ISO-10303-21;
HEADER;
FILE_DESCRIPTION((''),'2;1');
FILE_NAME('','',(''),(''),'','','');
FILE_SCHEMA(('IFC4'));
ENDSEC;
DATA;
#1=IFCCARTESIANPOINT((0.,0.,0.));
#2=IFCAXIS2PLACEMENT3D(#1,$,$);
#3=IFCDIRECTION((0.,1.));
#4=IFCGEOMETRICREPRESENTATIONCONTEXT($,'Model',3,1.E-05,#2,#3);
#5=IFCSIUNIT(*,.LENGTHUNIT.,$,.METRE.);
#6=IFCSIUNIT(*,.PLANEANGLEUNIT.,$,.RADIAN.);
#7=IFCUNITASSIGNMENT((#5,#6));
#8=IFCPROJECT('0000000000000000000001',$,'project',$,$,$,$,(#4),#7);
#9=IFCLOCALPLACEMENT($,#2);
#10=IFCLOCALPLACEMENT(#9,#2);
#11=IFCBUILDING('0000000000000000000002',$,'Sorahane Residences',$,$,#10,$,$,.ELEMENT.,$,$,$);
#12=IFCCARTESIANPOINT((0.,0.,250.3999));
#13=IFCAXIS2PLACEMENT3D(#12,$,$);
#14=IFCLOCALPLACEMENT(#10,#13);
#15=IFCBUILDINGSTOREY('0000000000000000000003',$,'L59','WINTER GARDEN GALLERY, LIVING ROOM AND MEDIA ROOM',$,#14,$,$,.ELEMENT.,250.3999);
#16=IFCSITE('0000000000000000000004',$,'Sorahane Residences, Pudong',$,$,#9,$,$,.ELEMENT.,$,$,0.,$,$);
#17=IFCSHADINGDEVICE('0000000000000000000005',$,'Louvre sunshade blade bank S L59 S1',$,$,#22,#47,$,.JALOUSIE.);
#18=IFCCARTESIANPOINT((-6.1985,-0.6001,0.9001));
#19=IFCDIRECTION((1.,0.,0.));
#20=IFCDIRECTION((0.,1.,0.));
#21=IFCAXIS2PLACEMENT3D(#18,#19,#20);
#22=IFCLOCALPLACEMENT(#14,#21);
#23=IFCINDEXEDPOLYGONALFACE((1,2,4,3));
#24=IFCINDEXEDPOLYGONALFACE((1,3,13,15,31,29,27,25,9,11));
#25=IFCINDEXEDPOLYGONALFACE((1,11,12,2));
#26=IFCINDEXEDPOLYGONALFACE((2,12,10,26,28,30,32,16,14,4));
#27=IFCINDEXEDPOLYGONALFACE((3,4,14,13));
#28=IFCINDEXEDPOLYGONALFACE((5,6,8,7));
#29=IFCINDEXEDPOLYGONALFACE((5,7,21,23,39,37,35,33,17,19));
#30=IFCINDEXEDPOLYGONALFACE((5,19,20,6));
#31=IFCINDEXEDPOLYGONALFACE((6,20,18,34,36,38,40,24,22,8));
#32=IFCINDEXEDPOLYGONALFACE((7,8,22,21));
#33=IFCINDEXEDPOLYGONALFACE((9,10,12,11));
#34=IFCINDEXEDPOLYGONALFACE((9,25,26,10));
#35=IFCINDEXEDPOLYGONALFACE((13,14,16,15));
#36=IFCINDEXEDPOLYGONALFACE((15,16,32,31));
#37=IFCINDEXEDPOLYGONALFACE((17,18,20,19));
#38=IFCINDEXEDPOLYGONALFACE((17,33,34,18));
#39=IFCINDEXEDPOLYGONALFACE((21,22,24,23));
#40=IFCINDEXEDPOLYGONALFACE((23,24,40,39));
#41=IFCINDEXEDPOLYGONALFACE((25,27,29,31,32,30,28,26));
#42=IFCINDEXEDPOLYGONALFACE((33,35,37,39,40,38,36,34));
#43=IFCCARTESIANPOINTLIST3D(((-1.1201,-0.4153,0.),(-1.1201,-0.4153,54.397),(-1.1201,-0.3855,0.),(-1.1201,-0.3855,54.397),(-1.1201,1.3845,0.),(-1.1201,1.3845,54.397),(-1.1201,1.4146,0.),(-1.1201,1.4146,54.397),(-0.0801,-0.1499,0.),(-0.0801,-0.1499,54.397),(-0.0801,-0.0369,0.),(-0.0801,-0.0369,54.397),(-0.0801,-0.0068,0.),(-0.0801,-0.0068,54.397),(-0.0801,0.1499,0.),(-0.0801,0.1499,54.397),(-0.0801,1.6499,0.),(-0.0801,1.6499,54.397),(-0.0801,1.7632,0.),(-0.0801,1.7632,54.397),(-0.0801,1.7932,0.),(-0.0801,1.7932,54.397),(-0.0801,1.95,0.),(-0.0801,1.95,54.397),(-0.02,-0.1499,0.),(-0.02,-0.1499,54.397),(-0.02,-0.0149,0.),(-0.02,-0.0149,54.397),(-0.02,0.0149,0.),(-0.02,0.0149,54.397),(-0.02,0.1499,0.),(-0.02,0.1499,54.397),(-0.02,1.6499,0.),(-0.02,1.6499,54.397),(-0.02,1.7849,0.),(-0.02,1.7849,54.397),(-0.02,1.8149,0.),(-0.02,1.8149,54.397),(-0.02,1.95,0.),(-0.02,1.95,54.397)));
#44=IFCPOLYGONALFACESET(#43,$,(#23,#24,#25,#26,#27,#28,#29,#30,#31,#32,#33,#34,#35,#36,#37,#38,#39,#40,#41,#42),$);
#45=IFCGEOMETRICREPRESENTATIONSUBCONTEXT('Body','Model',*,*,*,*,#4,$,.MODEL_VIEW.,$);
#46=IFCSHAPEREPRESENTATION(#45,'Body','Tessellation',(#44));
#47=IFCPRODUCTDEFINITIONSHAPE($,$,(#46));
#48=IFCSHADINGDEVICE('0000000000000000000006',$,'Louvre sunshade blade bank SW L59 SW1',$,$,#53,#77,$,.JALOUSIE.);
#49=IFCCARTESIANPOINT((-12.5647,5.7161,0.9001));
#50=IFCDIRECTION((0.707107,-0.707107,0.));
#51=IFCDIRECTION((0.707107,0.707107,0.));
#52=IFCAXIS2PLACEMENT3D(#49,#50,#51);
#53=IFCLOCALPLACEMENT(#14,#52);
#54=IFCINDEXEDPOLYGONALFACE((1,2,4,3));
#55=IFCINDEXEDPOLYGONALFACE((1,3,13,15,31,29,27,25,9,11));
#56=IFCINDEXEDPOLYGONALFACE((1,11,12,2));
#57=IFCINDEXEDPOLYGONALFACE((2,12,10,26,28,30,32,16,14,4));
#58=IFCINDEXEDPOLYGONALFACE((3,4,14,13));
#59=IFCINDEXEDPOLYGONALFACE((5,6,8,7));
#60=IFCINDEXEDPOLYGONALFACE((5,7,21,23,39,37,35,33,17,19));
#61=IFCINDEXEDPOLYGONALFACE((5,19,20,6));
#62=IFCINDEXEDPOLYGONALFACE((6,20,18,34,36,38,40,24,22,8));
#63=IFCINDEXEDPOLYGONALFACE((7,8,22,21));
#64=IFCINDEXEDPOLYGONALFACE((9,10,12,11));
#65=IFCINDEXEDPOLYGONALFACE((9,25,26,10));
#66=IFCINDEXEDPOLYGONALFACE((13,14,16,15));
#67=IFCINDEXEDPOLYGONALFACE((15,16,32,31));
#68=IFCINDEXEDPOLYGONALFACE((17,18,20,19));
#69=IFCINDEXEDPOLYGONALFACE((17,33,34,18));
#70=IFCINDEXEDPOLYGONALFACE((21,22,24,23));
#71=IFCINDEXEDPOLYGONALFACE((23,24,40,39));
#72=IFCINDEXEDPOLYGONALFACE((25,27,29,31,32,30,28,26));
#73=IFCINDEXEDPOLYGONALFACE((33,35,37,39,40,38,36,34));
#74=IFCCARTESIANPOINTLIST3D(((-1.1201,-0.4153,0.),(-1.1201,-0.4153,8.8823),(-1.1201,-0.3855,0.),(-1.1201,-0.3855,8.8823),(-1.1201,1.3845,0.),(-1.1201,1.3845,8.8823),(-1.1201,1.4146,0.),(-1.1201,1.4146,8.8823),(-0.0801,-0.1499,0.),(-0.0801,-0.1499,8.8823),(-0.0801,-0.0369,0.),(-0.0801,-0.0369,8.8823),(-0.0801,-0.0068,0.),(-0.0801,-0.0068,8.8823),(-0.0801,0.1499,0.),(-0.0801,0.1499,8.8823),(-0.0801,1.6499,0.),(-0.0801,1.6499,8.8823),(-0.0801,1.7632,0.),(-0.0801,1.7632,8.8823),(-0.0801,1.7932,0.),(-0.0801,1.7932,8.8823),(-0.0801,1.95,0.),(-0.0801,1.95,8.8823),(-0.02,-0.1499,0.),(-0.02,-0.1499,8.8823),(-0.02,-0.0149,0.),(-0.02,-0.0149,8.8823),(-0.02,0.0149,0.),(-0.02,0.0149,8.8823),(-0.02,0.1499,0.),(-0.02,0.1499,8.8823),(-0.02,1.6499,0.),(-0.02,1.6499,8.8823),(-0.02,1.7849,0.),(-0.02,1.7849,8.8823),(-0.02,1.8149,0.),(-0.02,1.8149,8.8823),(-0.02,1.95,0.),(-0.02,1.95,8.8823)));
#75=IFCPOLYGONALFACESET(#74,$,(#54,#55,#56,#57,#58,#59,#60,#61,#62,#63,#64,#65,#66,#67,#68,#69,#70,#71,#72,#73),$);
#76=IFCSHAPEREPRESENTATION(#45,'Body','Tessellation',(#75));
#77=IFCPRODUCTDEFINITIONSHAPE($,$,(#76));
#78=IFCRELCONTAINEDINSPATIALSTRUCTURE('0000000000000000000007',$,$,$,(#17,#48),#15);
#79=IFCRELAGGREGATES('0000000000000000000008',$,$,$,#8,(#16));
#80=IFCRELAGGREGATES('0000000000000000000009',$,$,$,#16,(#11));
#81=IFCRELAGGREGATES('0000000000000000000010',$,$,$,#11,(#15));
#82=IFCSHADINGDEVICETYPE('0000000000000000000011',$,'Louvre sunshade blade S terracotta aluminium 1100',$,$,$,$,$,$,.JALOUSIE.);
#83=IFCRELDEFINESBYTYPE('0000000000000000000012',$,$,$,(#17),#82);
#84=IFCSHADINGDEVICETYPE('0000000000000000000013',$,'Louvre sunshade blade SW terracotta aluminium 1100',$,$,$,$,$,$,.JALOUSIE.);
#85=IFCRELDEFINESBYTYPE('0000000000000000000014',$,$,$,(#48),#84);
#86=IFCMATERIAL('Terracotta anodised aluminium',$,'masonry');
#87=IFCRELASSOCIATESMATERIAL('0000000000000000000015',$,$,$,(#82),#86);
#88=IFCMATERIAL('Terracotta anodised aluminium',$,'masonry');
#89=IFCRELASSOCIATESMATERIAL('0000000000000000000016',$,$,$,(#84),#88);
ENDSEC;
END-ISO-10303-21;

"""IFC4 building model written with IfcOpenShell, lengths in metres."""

from ifc_helpers import new_model, si_unit, direction, frame, origin, place, context, subcontext, project, spatial, polyline, outline, composite_profile, extrude, material, type_object, element, save


model = new_model("IFC4")

# Units and contexts
model_context = context("Model", 3, precision=1e-05, world=origin(), true_north=direction((0.0, 1.0)))
body_context = subcontext(model_context, "Body", "Model", "MODEL_VIEW")
ifc_project = project(units=[si_unit("LENGTHUNIT", "METRE"), si_unit("PLANEANGLEUNIT", "RADIAN")], contexts=[model_context])

# Site, building, storey
site_placement = place(None, origin())
site = spatial("IfcSite", under=ifc_project, at=site_placement, Name="Sorahane Residences, Pudong", CompositionType="ELEMENT", RefElevation=0.0)
building_placement = place(site_placement, origin())
building = spatial("IfcBuilding", under=site, at=building_placement, Name="Sorahane Residences", CompositionType="ELEMENT")
storey_placement = place(building_placement, frame((0.0, 0.0, 250.3999)))
storey = spatial("IfcBuildingStorey", under=building, at=storey_placement, Name="L59", Description="WINTER GARDEN GALLERY, LIVING ROOM AND MEDIA ROOM", CompositionType="ELEMENT", Elevation=250.3999)

# Shading devices
ifc_material_1 = material(Name="Terracotta anodised aluminium", Category="masonry")
shading_device_type_1 = type_object("IfcShadingDeviceType", Name="Louvre sunshade blade S terracotta aluminium 1100", PredefinedType="JALOUSIE", material=ifc_material_1)
shading_device_1_placement = place(storey_placement, frame((-6.1985, -0.6001, 0.9001), z_axis=(1.0, 0.0, 0.0), x_axis=(0.0, 1.0, 0.0)))
element("IfcShadingDevice", 1, at=shading_device_1_placement, inside=storey, type_object=shading_device_type_1, Name="Louvre sunshade blade bank S L59 S1", PredefinedType="JALOUSIE", context=body_context, shape_type="SweptSolid", body=[
    extrude(composite_profile([outline(polyline([(-1.1201, -0.3855), (-1.1201, -0.4153), (-0.0801, -0.0369), (-0.0801, -0.1499), (-0.02, -0.1499), (-0.02, -0.0149), (-0.02, 0.0149), (-0.02, 0.1499), (-0.0801, 0.1499), (-0.0801, -0.0068), (-1.1201, -0.3855)])), outline(polyline([(-1.1201, 1.4146), (-1.1201, 1.3845), (-0.0801, 1.7632), (-0.0801, 1.6499), (-0.02, 1.6499), (-0.02, 1.7849), (-0.02, 1.8149), (-0.02, 1.95), (-0.0801, 1.95), (-0.0801, 1.7932), (-1.1201, 1.4146)]))]), origin(), (0.0, 0.0, 1.0), 54.397),
])
ifc_material_2 = material(Name="Terracotta anodised aluminium", Category="masonry")
shading_device_type_2 = type_object("IfcShadingDeviceType", Name="Louvre sunshade blade SW terracotta aluminium 1100", PredefinedType="JALOUSIE", material=ifc_material_2)
shading_device_2_placement = place(storey_placement, frame((-12.5647, 5.7161, 0.9001), z_axis=(0.707107, -0.707107, 0.0), x_axis=(0.707107, 0.707107, 0.0)))
element("IfcShadingDevice", 2, at=shading_device_2_placement, inside=storey, type_object=shading_device_type_2, Name="Louvre sunshade blade bank SW L59 SW1", PredefinedType="JALOUSIE", context=body_context, shape_type="SweptSolid", body=[
    extrude(composite_profile([outline(polyline([(-1.1201, -0.3855), (-1.1201, -0.4153), (-0.0801, -0.0369), (-0.0801, -0.1499), (-0.02, -0.1499), (-0.02, -0.0149), (-0.02, 0.0149), (-0.02, 0.1499), (-0.0801, 0.1499), (-0.0801, -0.0068), (-1.1201, -0.3855)])), outline(polyline([(-1.1201, 1.4146), (-1.1201, 1.3845), (-0.0801, 1.7632), (-0.0801, 1.6499), (-0.02, 1.6499), (-0.02, 1.7849), (-0.02, 1.8149), (-0.02, 1.95), (-0.0801, 1.95), (-0.0801, 1.7932), (-1.1201, 1.4146)]))]), origin(), (0.0, 0.0, 1.0), 8.8823),
])

save(model, "model.ifc")
